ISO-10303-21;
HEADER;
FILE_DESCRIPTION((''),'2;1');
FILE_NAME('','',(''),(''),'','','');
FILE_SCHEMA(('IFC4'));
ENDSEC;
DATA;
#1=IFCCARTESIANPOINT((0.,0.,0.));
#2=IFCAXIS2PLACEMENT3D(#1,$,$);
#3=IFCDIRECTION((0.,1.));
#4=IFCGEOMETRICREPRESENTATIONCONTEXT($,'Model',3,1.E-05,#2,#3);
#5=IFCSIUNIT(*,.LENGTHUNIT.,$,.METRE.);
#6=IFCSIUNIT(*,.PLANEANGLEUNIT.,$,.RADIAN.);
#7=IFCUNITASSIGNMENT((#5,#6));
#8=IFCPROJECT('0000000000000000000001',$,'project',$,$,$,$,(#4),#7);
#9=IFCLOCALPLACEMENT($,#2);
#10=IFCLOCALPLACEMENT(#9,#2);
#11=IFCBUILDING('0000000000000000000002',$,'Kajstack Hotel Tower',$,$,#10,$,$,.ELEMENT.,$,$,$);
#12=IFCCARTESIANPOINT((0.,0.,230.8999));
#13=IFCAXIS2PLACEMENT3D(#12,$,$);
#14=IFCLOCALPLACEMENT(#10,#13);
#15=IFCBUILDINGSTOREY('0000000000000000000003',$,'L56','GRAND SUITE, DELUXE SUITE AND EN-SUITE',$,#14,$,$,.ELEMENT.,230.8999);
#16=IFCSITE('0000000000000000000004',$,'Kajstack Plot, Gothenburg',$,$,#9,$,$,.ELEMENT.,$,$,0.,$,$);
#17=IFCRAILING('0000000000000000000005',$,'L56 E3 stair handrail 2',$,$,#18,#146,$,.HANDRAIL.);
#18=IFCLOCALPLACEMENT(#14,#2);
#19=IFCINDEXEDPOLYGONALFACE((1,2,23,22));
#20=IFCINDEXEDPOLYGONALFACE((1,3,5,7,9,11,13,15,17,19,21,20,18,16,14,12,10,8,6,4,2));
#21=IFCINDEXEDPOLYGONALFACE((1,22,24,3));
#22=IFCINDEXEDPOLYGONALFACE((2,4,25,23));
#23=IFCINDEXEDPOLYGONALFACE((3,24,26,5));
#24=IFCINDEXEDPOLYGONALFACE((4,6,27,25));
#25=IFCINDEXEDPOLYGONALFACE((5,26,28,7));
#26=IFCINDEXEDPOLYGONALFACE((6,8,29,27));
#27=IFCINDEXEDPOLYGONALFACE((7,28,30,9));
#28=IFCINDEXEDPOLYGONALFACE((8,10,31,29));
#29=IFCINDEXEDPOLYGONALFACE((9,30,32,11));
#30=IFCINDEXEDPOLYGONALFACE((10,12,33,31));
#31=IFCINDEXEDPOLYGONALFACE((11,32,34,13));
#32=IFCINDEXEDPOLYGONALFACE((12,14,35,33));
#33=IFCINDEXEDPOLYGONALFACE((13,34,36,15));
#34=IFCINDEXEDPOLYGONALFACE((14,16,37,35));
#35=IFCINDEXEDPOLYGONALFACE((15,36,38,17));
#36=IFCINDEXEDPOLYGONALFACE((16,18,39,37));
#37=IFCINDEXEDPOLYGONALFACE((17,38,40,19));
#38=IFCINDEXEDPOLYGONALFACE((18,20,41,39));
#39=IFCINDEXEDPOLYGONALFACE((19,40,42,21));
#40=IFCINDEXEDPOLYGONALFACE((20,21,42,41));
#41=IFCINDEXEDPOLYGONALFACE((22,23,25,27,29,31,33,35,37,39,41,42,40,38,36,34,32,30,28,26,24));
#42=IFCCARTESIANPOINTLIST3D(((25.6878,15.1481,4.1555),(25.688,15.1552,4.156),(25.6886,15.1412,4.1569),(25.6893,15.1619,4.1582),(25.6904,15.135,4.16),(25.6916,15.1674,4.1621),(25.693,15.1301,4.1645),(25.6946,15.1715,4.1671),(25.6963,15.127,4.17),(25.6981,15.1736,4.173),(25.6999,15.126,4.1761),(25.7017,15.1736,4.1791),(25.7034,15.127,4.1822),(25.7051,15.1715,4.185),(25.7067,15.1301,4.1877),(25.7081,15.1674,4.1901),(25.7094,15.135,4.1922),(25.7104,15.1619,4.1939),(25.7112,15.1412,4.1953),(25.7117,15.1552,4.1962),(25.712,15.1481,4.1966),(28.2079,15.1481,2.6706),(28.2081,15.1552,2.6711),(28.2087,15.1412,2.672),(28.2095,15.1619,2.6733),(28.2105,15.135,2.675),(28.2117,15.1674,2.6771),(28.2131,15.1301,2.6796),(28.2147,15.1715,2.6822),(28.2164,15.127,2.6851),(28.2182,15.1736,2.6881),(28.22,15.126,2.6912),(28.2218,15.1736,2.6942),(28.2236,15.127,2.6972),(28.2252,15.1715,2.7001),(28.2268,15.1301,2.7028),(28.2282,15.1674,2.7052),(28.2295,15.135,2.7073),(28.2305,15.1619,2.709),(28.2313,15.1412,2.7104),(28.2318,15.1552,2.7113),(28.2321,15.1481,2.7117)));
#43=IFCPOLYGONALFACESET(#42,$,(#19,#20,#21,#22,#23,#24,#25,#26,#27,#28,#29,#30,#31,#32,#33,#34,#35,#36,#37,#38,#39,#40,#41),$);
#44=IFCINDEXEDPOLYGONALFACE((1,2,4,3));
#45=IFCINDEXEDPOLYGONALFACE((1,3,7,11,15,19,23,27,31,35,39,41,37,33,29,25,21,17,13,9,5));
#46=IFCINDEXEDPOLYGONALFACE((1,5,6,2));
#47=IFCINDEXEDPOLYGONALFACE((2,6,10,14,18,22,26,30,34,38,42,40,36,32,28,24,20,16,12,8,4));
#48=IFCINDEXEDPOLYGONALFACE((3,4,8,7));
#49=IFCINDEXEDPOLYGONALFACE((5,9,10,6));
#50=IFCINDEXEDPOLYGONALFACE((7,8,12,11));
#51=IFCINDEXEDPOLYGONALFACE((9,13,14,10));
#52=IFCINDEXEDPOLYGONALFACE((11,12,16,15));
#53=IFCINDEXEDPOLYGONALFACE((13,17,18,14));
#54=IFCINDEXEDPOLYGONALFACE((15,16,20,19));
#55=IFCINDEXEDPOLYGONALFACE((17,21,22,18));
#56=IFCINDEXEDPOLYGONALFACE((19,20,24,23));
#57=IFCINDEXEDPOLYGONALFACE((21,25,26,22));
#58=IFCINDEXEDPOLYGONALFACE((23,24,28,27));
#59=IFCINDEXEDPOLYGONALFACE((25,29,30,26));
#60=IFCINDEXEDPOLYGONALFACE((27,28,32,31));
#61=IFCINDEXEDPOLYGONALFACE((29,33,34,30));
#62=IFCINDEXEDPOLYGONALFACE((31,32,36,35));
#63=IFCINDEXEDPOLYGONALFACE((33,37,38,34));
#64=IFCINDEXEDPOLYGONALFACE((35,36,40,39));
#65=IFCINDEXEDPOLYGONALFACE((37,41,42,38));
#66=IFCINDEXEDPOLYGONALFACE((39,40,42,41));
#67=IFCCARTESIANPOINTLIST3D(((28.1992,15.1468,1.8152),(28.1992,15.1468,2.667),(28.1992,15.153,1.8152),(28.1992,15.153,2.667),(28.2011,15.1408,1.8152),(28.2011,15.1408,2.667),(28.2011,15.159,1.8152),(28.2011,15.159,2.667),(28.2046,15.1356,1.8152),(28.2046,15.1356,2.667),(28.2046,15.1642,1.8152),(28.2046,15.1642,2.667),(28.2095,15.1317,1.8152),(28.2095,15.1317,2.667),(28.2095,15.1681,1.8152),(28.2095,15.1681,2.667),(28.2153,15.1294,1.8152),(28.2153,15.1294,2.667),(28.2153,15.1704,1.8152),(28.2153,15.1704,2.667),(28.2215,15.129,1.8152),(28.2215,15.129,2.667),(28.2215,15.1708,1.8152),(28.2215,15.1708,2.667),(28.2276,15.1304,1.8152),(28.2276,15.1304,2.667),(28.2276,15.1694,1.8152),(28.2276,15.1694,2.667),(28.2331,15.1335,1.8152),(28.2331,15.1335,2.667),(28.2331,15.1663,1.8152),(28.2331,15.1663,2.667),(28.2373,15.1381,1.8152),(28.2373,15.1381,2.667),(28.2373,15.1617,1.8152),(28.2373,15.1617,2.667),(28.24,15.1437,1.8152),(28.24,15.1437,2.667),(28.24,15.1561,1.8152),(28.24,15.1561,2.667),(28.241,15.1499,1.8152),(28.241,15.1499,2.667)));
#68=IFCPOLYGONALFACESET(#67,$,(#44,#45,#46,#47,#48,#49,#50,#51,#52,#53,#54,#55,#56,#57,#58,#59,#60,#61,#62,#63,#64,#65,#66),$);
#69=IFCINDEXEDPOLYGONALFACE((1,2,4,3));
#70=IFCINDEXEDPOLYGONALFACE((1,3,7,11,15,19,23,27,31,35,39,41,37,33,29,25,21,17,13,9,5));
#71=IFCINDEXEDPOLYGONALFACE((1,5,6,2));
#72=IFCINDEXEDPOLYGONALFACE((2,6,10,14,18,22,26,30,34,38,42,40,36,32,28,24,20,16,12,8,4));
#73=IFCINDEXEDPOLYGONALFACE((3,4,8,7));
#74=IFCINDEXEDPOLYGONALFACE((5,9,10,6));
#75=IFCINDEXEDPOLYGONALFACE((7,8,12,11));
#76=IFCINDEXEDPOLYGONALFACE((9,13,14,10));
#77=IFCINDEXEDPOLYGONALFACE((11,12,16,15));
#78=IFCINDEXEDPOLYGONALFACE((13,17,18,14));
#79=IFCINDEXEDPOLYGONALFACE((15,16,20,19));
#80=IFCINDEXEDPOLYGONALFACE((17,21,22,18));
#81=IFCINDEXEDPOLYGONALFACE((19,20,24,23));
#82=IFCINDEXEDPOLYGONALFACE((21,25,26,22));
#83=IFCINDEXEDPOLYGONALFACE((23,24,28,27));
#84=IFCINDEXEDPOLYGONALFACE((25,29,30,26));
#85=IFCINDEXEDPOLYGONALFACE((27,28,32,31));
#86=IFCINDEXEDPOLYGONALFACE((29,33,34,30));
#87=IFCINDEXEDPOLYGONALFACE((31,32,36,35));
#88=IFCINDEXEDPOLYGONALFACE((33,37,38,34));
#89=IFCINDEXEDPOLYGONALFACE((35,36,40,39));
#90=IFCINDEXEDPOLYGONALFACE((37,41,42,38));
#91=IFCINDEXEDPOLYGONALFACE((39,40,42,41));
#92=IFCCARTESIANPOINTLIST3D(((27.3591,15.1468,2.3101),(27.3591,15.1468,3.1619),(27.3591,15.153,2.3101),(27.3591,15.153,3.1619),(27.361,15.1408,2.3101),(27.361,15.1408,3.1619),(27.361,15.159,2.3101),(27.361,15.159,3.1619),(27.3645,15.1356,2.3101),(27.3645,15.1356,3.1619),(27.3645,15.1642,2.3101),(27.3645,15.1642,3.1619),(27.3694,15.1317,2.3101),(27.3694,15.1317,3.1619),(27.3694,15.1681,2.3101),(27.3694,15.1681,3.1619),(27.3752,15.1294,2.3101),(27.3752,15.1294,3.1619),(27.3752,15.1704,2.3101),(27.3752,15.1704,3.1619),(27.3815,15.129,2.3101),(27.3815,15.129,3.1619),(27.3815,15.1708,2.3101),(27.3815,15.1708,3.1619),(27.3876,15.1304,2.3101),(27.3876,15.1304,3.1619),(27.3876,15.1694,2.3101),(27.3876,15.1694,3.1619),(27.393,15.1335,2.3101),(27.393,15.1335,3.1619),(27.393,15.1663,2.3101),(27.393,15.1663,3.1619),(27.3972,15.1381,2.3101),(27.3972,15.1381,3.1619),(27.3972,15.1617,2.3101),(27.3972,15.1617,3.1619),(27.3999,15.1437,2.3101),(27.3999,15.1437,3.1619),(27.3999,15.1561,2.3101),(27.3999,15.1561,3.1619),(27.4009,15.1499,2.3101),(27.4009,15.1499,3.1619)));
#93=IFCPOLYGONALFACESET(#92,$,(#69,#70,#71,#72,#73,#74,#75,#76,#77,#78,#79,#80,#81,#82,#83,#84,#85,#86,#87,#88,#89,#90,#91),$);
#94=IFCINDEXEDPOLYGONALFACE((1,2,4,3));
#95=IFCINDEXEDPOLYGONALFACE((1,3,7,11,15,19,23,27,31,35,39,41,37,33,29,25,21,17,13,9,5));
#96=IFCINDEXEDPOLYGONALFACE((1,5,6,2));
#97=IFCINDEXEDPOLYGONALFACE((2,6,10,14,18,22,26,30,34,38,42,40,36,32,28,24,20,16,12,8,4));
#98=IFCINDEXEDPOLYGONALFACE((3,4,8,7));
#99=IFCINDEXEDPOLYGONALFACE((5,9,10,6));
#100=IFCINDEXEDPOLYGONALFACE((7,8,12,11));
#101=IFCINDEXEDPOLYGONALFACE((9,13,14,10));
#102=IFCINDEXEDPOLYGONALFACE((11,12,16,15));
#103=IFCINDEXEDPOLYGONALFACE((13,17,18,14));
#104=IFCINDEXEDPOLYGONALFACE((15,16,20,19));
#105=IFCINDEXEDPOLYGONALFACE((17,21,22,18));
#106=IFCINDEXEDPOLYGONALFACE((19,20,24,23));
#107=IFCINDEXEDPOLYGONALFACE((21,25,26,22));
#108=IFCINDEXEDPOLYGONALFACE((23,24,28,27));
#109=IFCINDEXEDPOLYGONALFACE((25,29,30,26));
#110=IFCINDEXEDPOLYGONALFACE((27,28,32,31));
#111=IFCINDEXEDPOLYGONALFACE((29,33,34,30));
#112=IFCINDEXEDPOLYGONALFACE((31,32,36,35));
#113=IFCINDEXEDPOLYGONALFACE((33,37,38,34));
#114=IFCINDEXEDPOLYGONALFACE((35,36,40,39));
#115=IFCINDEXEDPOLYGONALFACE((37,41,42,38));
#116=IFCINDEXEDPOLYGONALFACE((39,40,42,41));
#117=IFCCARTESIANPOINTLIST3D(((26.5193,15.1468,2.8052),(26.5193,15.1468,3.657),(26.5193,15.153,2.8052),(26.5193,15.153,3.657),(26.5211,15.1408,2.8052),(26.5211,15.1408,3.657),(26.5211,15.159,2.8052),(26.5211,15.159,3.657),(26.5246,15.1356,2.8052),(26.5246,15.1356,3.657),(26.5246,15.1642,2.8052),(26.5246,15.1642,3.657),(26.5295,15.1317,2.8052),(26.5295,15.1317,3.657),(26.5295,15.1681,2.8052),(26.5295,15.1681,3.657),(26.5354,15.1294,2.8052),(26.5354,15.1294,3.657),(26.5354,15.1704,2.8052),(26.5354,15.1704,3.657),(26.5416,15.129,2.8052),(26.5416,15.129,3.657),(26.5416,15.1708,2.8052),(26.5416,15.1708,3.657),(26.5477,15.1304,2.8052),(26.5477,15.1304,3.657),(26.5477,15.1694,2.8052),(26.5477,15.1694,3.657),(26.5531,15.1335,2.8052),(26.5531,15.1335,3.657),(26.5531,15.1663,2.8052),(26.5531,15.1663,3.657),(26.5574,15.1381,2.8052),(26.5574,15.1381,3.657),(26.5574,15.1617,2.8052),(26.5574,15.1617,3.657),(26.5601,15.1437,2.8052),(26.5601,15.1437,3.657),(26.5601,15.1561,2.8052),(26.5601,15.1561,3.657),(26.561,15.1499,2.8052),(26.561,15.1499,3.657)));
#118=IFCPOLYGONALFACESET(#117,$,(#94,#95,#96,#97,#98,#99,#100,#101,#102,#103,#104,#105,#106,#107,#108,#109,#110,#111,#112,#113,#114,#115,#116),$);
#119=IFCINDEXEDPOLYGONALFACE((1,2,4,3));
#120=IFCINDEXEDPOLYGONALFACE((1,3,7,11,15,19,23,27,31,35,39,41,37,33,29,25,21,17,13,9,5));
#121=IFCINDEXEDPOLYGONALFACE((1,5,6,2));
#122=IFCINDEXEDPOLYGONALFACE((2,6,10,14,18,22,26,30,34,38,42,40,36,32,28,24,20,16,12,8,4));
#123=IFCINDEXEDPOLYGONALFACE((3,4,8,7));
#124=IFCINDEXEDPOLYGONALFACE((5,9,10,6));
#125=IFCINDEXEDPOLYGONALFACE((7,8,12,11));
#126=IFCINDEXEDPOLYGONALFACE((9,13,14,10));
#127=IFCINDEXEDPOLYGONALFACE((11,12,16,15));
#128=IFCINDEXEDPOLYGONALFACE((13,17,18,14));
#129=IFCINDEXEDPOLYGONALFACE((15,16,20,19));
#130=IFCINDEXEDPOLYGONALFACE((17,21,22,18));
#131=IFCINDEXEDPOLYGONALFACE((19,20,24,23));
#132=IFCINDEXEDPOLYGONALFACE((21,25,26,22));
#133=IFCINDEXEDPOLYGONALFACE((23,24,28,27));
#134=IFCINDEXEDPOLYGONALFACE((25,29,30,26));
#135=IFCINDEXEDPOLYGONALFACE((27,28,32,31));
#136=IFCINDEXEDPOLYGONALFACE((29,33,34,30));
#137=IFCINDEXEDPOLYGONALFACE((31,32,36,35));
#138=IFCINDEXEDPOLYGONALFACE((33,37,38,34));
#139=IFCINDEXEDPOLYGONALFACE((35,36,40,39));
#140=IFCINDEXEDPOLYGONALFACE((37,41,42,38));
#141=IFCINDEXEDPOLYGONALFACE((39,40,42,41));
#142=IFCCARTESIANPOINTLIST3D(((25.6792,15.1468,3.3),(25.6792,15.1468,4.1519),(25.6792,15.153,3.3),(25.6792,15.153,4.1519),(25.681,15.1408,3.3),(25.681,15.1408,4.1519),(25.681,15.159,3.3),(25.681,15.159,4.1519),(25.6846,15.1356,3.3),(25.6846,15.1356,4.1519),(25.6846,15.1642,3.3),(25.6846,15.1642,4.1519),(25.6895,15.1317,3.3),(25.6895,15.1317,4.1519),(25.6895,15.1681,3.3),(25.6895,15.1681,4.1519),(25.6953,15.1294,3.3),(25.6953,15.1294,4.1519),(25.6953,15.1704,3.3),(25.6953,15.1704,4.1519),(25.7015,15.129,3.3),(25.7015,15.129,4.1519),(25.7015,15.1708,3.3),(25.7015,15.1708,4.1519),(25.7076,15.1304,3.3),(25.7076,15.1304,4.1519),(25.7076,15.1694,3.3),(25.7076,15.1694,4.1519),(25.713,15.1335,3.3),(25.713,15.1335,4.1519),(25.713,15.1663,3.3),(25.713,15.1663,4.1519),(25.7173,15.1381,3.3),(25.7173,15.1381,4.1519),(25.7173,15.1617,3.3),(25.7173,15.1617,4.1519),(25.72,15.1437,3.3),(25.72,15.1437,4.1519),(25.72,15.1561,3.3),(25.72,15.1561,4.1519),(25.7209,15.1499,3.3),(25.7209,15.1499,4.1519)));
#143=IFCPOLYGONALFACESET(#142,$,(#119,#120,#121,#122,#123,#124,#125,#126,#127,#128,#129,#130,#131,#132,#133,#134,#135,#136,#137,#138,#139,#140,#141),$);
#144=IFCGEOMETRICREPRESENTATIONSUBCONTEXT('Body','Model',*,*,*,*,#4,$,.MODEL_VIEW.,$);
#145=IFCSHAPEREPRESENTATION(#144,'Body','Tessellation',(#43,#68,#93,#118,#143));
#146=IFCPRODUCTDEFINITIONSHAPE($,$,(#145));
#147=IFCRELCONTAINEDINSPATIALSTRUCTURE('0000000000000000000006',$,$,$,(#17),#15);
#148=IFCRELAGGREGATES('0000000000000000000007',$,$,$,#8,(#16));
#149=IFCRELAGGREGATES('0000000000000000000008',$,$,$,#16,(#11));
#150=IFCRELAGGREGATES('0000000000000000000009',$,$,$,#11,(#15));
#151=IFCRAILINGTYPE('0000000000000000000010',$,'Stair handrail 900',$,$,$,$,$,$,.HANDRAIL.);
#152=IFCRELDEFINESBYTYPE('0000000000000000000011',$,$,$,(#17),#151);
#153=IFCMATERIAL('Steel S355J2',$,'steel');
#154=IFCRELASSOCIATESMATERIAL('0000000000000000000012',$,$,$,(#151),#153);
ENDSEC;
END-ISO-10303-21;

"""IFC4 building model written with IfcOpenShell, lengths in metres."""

from ifc_helpers import new_model, si_unit, direction, frame, origin, origin_2d, place, context, subcontext, project, spatial, circle, extrude, material, type_object, element, save


model = new_model("IFC4")

# Units and contexts
model_context = context("Model", 3, precision=1e-05, world=origin(), true_north=direction((0.0, 1.0)))
body_context = subcontext(model_context, "Body", "Model", "MODEL_VIEW")
ifc_project = project(units=[si_unit("LENGTHUNIT", "METRE"), si_unit("PLANEANGLEUNIT", "RADIAN")], contexts=[model_context])

# Site, building, storey
site_placement = place(None, origin())
site = spatial("IfcSite", under=ifc_project, at=site_placement, Name="Kajstack Plot, Gothenburg", CompositionType="ELEMENT", RefElevation=0.0)
building_placement = place(site_placement, origin())
building = spatial("IfcBuilding", under=site, at=building_placement, Name="Kajstack Hotel Tower", CompositionType="ELEMENT")
storey_placement = place(building_placement, frame((0.0, 0.0, 230.8999)))
storey = spatial("IfcBuildingStorey", under=building, at=storey_placement, Name="L56", Description="GRAND SUITE, DELUXE SUITE AND EN-SUITE", CompositionType="ELEMENT", Elevation=230.8999)

# Railing
ifc_material_1 = material(Name="Steel S355J2", Category="steel")
railing_type_1 = type_object("IfcRailingType", Name="Stair handrail 900", PredefinedType="HANDRAIL", material=ifc_material_1)
railing_1_placement = place(storey_placement, frame((28.22, 15.1499, 1.8152)))
element("IfcRailing", 1, at=railing_1_placement, inside=storey, type_object=railing_type_1, Name="L56 E3 stair handrail 2", PredefinedType="HANDRAIL", context=body_context, shape_type="SweptSolid", body=[
    extrude(circle(Radius=0.0239, at=origin_2d()), frame((0.0, 0.0, 0.876), z_axis=(-0.861561, 0.0, 0.507655), x_axis=(0.0, -1.0, 0.0)), (0.0, 0.0, 1.0), 2.925),
    extrude(circle(Radius=0.021, at=origin_2d()), origin(), (0.0, 0.0, 1.0), 0.8518),
    extrude(circle(Radius=0.021, at=origin_2d()), frame((-0.8401, 0.0, 0.4949)), (0.0, 0.0, 1.0), 0.8518),
    extrude(circle(Radius=0.021, at=origin_2d()), frame((-1.6799, 0.0, 0.99)), (0.0, 0.0, 1.0), 0.8518),
    extrude(circle(Radius=0.021, at=origin_2d()), frame((-2.52, 0.0, 1.4849)), (0.0, 0.0, 1.0), 0.8518),
])

save(model, "model.ifc")
